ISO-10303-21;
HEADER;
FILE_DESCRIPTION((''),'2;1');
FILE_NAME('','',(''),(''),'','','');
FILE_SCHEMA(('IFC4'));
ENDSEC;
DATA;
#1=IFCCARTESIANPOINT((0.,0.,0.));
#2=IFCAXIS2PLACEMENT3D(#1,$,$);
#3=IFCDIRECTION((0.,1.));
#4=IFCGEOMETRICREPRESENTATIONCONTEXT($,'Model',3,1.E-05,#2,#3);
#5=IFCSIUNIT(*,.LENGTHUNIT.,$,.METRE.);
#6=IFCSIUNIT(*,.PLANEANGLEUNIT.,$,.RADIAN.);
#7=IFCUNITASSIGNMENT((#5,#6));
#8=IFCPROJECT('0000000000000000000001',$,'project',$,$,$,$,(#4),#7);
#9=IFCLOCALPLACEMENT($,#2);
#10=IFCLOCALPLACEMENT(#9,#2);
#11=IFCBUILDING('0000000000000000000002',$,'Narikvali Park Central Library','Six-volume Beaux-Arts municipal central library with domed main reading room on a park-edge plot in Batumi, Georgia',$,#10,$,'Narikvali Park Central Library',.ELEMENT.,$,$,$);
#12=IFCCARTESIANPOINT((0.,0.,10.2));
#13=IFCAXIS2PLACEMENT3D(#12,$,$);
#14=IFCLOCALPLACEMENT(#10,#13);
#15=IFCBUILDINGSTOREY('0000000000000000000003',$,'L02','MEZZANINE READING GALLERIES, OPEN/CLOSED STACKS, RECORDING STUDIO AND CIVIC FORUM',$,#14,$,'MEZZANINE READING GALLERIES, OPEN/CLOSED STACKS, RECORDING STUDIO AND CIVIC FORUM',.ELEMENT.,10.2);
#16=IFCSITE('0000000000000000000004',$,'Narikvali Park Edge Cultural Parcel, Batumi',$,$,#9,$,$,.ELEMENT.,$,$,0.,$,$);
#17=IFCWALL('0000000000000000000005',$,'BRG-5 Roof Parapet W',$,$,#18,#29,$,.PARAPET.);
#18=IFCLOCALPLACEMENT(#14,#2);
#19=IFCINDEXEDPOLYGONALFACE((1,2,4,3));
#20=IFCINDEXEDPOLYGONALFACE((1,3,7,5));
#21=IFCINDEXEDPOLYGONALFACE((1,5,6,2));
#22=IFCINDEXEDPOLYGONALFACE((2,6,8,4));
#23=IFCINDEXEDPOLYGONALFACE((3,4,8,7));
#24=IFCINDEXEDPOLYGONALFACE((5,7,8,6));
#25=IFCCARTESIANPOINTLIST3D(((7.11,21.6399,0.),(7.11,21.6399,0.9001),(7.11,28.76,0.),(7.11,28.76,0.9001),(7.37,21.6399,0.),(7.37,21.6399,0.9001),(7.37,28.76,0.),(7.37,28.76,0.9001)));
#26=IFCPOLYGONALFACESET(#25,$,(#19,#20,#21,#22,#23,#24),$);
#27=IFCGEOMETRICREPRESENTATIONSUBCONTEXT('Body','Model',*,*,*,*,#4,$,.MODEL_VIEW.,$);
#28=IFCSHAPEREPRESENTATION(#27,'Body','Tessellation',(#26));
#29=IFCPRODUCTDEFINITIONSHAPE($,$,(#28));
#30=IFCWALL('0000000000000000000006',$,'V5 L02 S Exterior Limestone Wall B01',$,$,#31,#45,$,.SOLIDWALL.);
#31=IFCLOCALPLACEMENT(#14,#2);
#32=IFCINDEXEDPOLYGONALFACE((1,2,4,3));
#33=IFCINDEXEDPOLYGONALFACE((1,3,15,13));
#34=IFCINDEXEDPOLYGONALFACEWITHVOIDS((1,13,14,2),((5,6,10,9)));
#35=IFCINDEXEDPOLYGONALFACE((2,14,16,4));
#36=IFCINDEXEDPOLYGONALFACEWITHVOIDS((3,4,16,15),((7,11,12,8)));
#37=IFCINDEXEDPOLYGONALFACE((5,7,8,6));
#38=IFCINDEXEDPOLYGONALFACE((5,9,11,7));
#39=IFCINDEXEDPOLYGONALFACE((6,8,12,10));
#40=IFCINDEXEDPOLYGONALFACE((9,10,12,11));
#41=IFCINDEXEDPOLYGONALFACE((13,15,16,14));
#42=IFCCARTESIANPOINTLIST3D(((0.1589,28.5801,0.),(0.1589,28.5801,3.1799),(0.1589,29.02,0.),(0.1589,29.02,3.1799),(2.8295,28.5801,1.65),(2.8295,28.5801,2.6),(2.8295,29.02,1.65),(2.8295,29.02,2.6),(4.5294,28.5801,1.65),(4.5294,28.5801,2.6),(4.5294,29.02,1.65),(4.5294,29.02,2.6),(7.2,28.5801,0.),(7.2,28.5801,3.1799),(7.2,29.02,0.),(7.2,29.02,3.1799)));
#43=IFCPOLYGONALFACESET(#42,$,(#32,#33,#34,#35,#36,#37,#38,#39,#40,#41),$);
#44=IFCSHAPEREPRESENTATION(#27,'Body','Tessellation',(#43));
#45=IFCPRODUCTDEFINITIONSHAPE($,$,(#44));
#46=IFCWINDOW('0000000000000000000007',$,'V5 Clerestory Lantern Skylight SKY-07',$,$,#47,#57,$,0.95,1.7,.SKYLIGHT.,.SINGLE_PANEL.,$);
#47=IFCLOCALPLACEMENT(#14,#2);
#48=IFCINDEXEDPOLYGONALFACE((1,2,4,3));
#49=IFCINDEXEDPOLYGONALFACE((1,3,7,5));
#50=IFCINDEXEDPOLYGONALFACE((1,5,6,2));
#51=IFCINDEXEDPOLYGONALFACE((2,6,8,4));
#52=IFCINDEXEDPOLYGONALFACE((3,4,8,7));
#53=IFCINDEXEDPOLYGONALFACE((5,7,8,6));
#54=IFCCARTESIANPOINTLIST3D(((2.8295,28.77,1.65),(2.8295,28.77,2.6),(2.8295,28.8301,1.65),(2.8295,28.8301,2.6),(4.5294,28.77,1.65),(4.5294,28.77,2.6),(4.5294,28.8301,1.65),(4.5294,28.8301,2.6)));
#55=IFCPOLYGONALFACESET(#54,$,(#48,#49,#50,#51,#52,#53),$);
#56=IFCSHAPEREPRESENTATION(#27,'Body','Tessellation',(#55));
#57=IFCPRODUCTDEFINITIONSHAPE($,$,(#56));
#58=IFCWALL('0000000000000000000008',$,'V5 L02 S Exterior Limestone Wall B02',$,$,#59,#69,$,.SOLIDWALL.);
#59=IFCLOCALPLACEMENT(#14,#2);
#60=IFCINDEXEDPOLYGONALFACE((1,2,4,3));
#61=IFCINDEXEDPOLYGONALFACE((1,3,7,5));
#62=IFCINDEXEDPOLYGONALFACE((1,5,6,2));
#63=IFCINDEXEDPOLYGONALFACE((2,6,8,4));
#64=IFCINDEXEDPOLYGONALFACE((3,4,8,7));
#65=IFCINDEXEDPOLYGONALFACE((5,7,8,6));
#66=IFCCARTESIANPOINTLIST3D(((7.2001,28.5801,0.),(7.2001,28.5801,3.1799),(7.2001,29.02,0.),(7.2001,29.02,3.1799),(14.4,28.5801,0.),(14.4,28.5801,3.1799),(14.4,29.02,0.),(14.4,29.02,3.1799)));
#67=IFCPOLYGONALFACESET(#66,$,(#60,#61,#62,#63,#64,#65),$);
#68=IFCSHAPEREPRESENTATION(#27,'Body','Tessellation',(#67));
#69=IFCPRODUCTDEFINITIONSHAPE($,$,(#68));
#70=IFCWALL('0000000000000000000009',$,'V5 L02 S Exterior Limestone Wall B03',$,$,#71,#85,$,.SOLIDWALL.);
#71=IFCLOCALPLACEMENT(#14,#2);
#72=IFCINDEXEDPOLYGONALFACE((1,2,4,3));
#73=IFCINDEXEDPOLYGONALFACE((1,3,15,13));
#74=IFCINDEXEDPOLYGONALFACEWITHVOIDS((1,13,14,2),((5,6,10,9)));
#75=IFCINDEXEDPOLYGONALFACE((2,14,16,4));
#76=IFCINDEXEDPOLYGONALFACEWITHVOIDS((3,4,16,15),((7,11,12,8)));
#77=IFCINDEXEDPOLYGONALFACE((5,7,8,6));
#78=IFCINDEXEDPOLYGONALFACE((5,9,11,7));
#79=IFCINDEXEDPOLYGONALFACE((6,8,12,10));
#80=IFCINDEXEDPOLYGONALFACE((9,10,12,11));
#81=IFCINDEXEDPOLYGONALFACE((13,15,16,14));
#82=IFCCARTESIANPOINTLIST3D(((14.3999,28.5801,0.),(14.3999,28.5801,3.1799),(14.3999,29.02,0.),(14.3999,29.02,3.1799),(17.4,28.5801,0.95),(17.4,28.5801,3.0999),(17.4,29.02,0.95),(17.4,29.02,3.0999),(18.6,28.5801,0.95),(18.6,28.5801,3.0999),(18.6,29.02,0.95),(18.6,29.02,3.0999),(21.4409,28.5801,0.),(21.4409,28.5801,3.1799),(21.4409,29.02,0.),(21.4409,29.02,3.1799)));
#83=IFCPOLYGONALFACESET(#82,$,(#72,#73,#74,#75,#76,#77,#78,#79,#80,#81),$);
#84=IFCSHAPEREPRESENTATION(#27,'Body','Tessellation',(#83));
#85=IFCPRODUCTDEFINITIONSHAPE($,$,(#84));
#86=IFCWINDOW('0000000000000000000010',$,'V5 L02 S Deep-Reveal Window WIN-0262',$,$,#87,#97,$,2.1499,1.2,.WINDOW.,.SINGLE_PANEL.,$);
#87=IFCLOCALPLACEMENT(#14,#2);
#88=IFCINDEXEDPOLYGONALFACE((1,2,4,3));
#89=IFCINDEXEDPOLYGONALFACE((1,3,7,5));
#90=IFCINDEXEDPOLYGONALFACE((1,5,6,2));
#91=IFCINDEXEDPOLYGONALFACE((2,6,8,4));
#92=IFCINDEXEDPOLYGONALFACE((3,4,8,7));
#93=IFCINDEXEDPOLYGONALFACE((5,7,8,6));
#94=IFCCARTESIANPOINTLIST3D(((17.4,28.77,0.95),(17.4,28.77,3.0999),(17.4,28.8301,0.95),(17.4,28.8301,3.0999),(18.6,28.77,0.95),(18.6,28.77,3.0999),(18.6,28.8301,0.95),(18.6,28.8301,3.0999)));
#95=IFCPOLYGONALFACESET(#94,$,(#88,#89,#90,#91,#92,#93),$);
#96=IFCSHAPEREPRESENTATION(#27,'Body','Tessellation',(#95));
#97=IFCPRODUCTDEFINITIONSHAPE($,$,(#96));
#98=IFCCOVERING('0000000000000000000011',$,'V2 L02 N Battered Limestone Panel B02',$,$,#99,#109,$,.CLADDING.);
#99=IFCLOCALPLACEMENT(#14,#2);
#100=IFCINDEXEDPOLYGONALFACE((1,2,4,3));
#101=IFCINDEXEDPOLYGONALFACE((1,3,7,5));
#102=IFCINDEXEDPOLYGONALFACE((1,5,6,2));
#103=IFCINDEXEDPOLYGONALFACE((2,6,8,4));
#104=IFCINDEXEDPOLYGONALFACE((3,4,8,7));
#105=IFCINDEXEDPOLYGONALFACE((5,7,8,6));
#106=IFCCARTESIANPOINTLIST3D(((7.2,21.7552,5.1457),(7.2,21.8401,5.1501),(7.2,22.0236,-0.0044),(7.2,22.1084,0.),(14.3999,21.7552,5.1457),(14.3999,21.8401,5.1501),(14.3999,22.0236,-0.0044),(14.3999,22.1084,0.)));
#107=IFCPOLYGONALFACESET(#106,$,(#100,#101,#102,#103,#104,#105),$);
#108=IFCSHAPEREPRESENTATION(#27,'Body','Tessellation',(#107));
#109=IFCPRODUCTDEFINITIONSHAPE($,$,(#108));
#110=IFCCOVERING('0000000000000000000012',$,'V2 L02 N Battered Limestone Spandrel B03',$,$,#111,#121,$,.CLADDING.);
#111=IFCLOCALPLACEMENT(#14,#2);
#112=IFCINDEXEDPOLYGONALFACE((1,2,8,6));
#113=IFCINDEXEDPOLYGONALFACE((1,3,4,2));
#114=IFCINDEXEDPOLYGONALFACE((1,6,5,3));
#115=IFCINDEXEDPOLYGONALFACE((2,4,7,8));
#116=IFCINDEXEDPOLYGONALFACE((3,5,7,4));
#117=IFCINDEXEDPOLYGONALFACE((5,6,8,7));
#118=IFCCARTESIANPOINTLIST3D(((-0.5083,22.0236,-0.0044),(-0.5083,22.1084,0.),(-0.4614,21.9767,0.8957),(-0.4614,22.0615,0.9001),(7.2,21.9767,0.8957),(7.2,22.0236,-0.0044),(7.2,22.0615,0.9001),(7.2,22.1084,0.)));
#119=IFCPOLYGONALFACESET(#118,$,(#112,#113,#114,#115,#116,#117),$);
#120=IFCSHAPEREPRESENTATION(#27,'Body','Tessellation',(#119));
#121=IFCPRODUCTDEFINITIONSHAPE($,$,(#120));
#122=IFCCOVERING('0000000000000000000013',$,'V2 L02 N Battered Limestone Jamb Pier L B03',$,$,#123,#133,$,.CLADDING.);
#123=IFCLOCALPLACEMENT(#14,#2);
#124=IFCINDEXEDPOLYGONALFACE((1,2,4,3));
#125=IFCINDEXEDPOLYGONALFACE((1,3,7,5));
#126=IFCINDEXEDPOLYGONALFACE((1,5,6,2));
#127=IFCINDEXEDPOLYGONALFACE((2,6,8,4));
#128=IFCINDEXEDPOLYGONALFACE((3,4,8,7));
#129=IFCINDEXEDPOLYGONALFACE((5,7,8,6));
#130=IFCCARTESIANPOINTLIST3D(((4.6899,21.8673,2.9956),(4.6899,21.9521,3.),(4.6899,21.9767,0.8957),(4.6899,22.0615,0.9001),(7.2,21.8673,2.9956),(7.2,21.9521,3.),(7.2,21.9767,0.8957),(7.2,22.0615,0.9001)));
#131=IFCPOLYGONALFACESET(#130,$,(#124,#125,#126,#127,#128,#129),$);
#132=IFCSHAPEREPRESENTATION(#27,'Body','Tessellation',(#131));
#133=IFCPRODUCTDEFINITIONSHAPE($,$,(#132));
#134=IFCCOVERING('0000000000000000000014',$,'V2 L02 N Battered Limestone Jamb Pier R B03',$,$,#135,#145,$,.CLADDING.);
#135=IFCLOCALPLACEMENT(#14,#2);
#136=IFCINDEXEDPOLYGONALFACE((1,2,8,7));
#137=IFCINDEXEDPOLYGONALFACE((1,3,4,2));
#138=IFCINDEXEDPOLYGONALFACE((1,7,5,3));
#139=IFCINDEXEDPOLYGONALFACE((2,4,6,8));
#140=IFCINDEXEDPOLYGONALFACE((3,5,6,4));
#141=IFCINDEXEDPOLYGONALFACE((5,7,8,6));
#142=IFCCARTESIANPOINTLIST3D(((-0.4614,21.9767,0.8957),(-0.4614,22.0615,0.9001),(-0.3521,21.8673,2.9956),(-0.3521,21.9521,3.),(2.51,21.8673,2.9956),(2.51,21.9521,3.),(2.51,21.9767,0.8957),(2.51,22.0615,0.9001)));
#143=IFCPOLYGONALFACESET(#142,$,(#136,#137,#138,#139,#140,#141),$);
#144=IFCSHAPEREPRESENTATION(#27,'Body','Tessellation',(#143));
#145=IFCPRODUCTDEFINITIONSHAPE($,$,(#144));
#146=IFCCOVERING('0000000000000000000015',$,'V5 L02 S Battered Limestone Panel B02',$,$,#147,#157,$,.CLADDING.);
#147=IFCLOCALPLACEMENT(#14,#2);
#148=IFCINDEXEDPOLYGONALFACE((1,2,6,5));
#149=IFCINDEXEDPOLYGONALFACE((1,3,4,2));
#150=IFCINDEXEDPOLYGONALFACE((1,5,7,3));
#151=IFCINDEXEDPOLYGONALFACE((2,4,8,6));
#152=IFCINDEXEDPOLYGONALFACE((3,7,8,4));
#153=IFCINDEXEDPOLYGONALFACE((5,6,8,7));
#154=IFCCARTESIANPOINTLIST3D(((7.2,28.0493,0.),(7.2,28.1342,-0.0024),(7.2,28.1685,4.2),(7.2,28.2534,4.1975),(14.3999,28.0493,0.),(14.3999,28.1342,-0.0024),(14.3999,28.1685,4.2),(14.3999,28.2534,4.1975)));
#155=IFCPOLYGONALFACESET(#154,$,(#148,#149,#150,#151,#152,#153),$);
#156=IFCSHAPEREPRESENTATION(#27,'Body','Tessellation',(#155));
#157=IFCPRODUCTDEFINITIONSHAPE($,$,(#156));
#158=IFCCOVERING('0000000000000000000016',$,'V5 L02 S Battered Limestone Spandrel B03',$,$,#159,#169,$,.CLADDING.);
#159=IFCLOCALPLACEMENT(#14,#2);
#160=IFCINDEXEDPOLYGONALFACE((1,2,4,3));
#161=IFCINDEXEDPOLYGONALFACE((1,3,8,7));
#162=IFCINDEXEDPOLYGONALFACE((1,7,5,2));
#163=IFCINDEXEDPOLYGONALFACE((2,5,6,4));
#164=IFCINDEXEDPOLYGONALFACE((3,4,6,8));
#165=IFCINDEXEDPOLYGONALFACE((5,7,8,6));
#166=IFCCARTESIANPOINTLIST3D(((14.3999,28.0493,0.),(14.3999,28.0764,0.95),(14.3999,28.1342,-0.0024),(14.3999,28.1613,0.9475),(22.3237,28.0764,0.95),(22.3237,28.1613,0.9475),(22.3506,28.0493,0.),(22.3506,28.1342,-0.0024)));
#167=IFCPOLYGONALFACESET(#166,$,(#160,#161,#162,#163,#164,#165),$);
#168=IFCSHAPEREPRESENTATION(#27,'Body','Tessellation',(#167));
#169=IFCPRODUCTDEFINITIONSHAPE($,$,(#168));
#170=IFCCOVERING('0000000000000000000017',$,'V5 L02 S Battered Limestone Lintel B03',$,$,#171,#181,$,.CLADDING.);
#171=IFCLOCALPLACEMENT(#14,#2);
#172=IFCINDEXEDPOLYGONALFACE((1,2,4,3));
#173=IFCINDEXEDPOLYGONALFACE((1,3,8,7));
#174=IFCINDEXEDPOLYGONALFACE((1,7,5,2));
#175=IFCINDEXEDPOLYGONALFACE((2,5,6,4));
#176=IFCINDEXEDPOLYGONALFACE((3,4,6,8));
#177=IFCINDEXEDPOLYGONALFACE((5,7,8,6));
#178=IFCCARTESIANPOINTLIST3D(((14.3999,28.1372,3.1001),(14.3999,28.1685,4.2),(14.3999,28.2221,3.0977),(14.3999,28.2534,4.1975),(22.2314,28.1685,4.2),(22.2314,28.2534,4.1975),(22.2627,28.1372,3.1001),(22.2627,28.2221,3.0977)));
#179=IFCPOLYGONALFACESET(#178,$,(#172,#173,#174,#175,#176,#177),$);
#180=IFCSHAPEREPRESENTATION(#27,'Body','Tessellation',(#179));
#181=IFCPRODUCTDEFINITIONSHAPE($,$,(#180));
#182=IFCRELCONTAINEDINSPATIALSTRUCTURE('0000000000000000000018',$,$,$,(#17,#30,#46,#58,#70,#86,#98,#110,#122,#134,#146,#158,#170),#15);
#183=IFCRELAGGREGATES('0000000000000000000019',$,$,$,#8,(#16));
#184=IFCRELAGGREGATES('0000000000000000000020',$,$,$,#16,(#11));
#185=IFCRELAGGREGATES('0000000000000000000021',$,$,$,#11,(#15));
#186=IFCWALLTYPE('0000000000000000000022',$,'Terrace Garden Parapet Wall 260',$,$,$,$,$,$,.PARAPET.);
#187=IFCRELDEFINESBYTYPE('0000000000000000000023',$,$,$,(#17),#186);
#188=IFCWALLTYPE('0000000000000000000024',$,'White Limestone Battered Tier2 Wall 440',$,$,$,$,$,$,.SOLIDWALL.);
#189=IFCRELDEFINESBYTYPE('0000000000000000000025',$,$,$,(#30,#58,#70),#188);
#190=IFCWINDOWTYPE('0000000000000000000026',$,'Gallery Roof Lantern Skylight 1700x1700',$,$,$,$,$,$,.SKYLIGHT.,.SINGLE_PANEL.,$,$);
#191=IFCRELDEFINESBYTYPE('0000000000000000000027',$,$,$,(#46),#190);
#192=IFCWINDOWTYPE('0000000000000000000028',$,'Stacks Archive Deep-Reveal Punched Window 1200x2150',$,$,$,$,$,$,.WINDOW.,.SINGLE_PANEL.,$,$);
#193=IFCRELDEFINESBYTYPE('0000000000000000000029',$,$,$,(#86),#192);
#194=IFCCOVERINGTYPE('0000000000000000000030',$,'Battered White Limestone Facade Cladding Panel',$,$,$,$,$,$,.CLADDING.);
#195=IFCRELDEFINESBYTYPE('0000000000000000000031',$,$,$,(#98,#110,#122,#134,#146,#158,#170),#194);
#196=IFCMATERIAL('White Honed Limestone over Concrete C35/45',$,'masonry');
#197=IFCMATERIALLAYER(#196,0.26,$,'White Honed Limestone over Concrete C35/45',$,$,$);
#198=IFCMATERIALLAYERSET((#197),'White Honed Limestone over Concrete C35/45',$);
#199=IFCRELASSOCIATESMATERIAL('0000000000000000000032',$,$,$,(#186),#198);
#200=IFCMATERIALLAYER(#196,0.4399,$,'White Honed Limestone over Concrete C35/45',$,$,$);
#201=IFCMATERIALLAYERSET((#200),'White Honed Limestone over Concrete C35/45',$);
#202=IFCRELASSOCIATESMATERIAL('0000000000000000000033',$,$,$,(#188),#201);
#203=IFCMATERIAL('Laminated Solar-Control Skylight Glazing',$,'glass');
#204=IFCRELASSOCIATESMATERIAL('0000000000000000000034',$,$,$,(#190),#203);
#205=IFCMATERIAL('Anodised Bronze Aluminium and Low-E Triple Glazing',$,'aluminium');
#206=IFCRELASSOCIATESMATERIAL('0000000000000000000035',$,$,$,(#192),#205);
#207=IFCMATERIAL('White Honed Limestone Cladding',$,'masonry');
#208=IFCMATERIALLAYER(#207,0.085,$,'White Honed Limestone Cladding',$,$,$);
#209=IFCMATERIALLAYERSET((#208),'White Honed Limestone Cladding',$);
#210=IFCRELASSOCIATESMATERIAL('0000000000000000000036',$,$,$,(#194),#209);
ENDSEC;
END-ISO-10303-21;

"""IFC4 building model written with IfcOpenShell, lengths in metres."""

from ifc_helpers import new_model, si_unit, direction, frame, frame_2d, origin, place, context, subcontext, project, spatial, polyline, rectangle, outline, extrude, material, layer, layer_set, type_object, element, fill, save


model = new_model("IFC4")

# Units and contexts
model_context = context("Model", 3, precision=1e-05, world=origin(), true_north=direction((0.0, 1.0)))
body_context = subcontext(model_context, "Body", "Model", "MODEL_VIEW")
ifc_project = project(units=[si_unit("LENGTHUNIT", "METRE"), si_unit("PLANEANGLEUNIT", "RADIAN")], contexts=[model_context])

# Site, building, storey
site_placement = place(None, origin())
site = spatial("IfcSite", under=ifc_project, at=site_placement, Name="Narikvali Park Edge Cultural Parcel, Batumi", CompositionType="ELEMENT", RefElevation=0.0)
building_placement = place(site_placement, origin())
building = spatial("IfcBuilding", under=site, at=building_placement, Name="Narikvali Park Central Library", Description="Six-volume Beaux-Arts municipal central library with domed main reading room on a park-edge plot in Batumi, Georgia", LongName="Narikvali Park Central Library", CompositionType="ELEMENT")
storey_placement = place(building_placement, frame((0.0, 0.0, 10.2)))
storey = spatial("IfcBuildingStorey", under=building, at=storey_placement, Name="L02", Description="MEZZANINE READING GALLERIES, OPEN/CLOSED STACKS, RECORDING STUDIO AND CIVIC FORUM", LongName="MEZZANINE READING GALLERIES, OPEN/CLOSED STACKS, RECORDING STUDIO AND CIVIC FORUM", CompositionType="ELEMENT", Elevation=10.2)

# Wall
ifc_material_1 = material(Name="White Honed Limestone over Concrete C35/45", Category="masonry")
ifc_layer_1 = layer(ifc_material_1, 0.26, Name="White Honed Limestone over Concrete C35/45")
ifc_layer_set_1 = layer_set([ifc_layer_1], Name="White Honed Limestone over Concrete C35/45")
wall_type_1 = type_object("IfcWallType", Name="Terrace Garden Parapet Wall 260", PredefinedType="PARAPET", material=ifc_layer_set_1)
wall_1_placement = place(storey_placement, frame((7.24, 28.76, 0.0), z_axis=(0.0, 0.0, 1.0), x_axis=(0.0, -1.0, 0.0)))
element("IfcWall", 1, at=wall_1_placement, inside=storey, type_object=wall_type_1, Name="BRG-5 Roof Parapet W", PredefinedType="PARAPET", context=body_context, shape_type="SweptSolid", body=[
    extrude(rectangle(XDim=7.1201, YDim=0.26, at=frame_2d((3.5601, 0.0))), origin(), (0.0, 0.0, 1.0), 0.9001),
])

# Wall, opening, window
ifc_layer_2 = layer(ifc_material_1, 0.4399, Name="White Honed Limestone over Concrete C35/45")
ifc_layer_set_2 = layer_set([ifc_layer_2], Name="White Honed Limestone over Concrete C35/45")
wall_type_2 = type_object("IfcWallType", Name="White Limestone Battered Tier2 Wall 440", PredefinedType="SOLIDWALL", material=ifc_layer_set_2)
wall_2_placement = place(storey_placement, frame((0.1589, 28.8, 0.0), z_axis=(0.0, 0.0, 1.0), x_axis=(1.0, 0.0, 0.0)))
wall_2 = element("IfcWall", 2, at=wall_2_placement, inside=storey, type_object=wall_type_2, Name="V5 L02 S Exterior Limestone Wall B01", PredefinedType="SOLIDWALL", context=body_context, shape_type="SweptSolid", body=[
    extrude(rectangle(XDim=7.041, YDim=0.4399, at=frame_2d((3.5205, 0.0))), origin(), (0.0, 0.0, 1.0), 3.1799),
])
opening_1_placement = place(wall_2_placement, frame((2.6704, 0.0, 1.6499)))
opening_1 = element("IfcOpeningElement", 3, at=opening_1_placement, cuts=wall_2, PredefinedType="OPENING", context=body_context, shape_type="SweptSolid", body=[
    extrude(rectangle(XDim=1.7, YDim=0.95, at=frame_2d((0.8501, 0.4751))), frame((0.0, 0.2319, 0.0), z_axis=(0.0, -1.0, 0.0), x_axis=(1.0, 0.0, 0.0)), (0.0, 0.0, 1.0), 0.4639),
])
ifc_material_2 = material(Name="Laminated Solar-Control Skylight Glazing", Category="glass")
window_type_1 = type_object("IfcWindowType", Name="Gallery Roof Lantern Skylight 1700x1700", PartitioningType="SINGLE_PANEL", PredefinedType="SKYLIGHT", material=ifc_material_2)
window_1_placement = place(opening_1_placement, origin())
window_1 = element("IfcWindow", 4, at=window_1_placement, inside=storey, type_object=window_type_1, Name="V5 Clerestory Lantern Skylight SKY-07", OverallHeight=0.95, OverallWidth=1.7, PartitioningType="SINGLE_PANEL", PredefinedType="SKYLIGHT", context=body_context, shape_type="SweptSolid", body=[
    extrude(rectangle(XDim=1.7, YDim=0.95, at=frame_2d((0.8501, 0.4751))), frame((0.0, 0.03, 0.0), z_axis=(0.0, -1.0, 0.0), x_axis=(1.0, 0.0, 0.0)), (0.0, 0.0, 1.0), 0.0601),
])
fill(opening_1, window_1)

# Wall
wall_3_placement = place(storey_placement, frame((7.2, 28.8, 0.0), z_axis=(0.0, 0.0, 1.0), x_axis=(1.0, 0.0, 0.0)))
element("IfcWall", 5, at=wall_3_placement, inside=storey, type_object=wall_type_2, Name="V5 L02 S Exterior Limestone Wall B02", PredefinedType="SOLIDWALL", context=body_context, shape_type="SweptSolid", body=[
    extrude(rectangle(XDim=7.2, YDim=0.4399, at=frame_2d((3.6001, 0.0))), origin(), (0.0, 0.0, 1.0), 3.1799),
])

# Wall, opening, window
wall_4_placement = place(storey_placement, frame((14.3999, 28.8, 0.0), z_axis=(0.0, 0.0, 1.0), x_axis=(1.0, 0.0, 0.0)))
wall_4 = element("IfcWall", 6, at=wall_4_placement, inside=storey, type_object=wall_type_2, Name="V5 L02 S Exterior Limestone Wall B03", PredefinedType="SOLIDWALL", context=body_context, shape_type="SweptSolid", body=[
    extrude(rectangle(XDim=7.041, YDim=0.4399, at=frame_2d((3.5205, 0.0))), origin(), (0.0, 0.0, 1.0), 3.1799),
])
opening_2_placement = place(wall_4_placement, frame((3.0, 0.0, 0.95)))
opening_2 = element("IfcOpeningElement", 7, at=opening_2_placement, cuts=wall_4, PredefinedType="OPENING", context=body_context, shape_type="SweptSolid", body=[
    extrude(rectangle(XDim=1.2, YDim=2.1499, at=frame_2d((0.6001, 1.075))), frame((0.0, 0.2319, 0.0), z_axis=(0.0, -1.0, 0.0), x_axis=(1.0, 0.0, 0.0)), (0.0, 0.0, 1.0), 0.4639),
])
ifc_material_3 = material(Name="Anodised Bronze Aluminium and Low-E Triple Glazing", Category="aluminium")
window_type_2 = type_object("IfcWindowType", Name="Stacks Archive Deep-Reveal Punched Window 1200x2150", PartitioningType="SINGLE_PANEL", PredefinedType="WINDOW", material=ifc_material_3)
window_2_placement = place(opening_2_placement, origin())
window_2 = element("IfcWindow", 8, at=window_2_placement, inside=storey, type_object=window_type_2, Name="V5 L02 S Deep-Reveal Window WIN-0262", OverallHeight=2.1499, OverallWidth=1.2, PartitioningType="SINGLE_PANEL", PredefinedType="WINDOW", context=body_context, shape_type="SweptSolid", body=[
    extrude(rectangle(XDim=1.2, YDim=2.1499, at=frame_2d((0.6001, 1.075))), frame((0.0, 0.03, 0.0), z_axis=(0.0, -1.0, 0.0), x_axis=(1.0, 0.0, 0.0)), (0.0, 0.0, 1.0), 0.0601),
])
fill(opening_2, window_2)

# Coverings
ifc_material_4 = material(Name="White Honed Limestone Cladding", Category="masonry")
ifc_layer_3 = layer(ifc_material_4, 0.085, Name="White Honed Limestone Cladding")
ifc_layer_set_3 = layer_set([ifc_layer_3], Name="White Honed Limestone Cladding")
covering_type = type_object("IfcCoveringType", Name="Battered White Limestone Facade Cladding Panel", PredefinedType="CLADDING", material=ifc_layer_set_3)
covering_1_placement = place(storey_placement, frame((14.3999, 22.1084, 0.0), z_axis=(0.0, 0.998646, 0.052027), x_axis=(-1.0, 0.0, 0.0)))
element("IfcCovering", 9, at=covering_1_placement, inside=storey, type_object=covering_type, Name="V2 L02 N Battered Limestone Panel B02", PredefinedType="CLADDING", context=body_context, shape_type="SweptSolid", body=[
    extrude(outline(polyline([(0.0, 0.0), (7.2, 0.0), (7.2, 5.1571), (0.0, 5.1571), (0.0, 0.0)])), origin(), (0.0, 0.0, -1.0), 0.085),
])
covering_2_placement = place(storey_placement, frame((7.2, 22.1084, 0.0), z_axis=(0.0, 0.998647, 0.052004), x_axis=(-1.0, 0.0, 0.0)))
element("IfcCovering", 10, at=covering_2_placement, inside=storey, type_object=covering_type, Name="V2 L02 N Battered Limestone Spandrel B03", PredefinedType="CLADDING", context=body_context, shape_type="SweptSolid", body=[
    extrude(outline(polyline([(0.0, 0.0), (7.7083, 0.0), (7.6614, 0.9014), (0.0, 0.9014), (0.0, 0.0)])), origin(), (0.0, 0.0, -1.0), 0.085),
])
covering_3_placement = place(storey_placement, frame((7.2, 22.0615, 0.9001), z_axis=(0.0, 0.998646, 0.052016), x_axis=(-1.0, 0.0, 0.0)))
element("IfcCovering", 11, at=covering_3_placement, inside=storey, type_object=covering_type, Name="V2 L02 N Battered Limestone Jamb Pier L B03", PredefinedType="CLADDING", context=body_context, shape_type="SweptSolid", body=[
    extrude(outline(polyline([(0.0, 0.0), (2.51, 0.0), (2.51, 2.1027), (0.0, 2.1027), (0.0, 0.0)])), origin(), (0.0, 0.0, -1.0), 0.085),
])
covering_4_placement = place(storey_placement, frame((2.51, 22.0615, 0.9001), z_axis=(0.0, 0.998646, 0.052016), x_axis=(-1.0, 0.0, 0.0)))
element("IfcCovering", 12, at=covering_4_placement, inside=storey, type_object=covering_type, Name="V2 L02 N Battered Limestone Jamb Pier R B03", PredefinedType="CLADDING", context=body_context, shape_type="SweptSolid", body=[
    extrude(outline(polyline([(0.0, 0.0), (2.9714, 0.0), (2.8621, 2.1027), (0.0, 2.1027), (0.0, 0.0)])), origin(), (0.0, 0.0, -1.0), 0.085),
])
covering_5_placement = place(storey_placement, frame((7.2, 28.0493, 0.0), z_axis=(0.0, -0.999598, 0.028356), x_axis=(1.0, 0.0, 0.0)))
element("IfcCovering", 13, at=covering_5_placement, inside=storey, type_object=covering_type, Name="V5 L02 S Battered Limestone Panel B02", PredefinedType="CLADDING", context=body_context, shape_type="SweptSolid", body=[
    extrude(outline(polyline([(0.0, 0.0), (7.2, 0.0), (7.2, 4.2016), (0.0, 4.2016), (0.0, 0.0)])), origin(), (0.0, 0.0, -1.0), 0.085),
])
covering_6_placement = place(storey_placement, frame((14.3999, 28.0493, 0.0), z_axis=(0.0, -0.999593, 0.028516), x_axis=(1.0, 0.0, 0.0)))
element("IfcCovering", 14, at=covering_6_placement, inside=storey, type_object=covering_type, Name="V5 L02 S Battered Limestone Spandrel B03", PredefinedType="CLADDING", context=body_context, shape_type="SweptSolid", body=[
    extrude(outline(polyline([(0.0, 0.0), (7.9507, 0.0), (7.9238, 0.9503), (0.0, 0.9503), (0.0, 0.0)])), origin(), (0.0, 0.0, -1.0), 0.085),
])
covering_7_placement = place(storey_placement, frame((14.3999, 28.1372, 3.1001), z_axis=(0.0, -0.999597, 0.028401), x_axis=(1.0, 0.0, 0.0)))
element("IfcCovering", 15, at=covering_7_placement, inside=storey, type_object=covering_type, Name="V5 L02 S Battered Limestone Lintel B03", PredefinedType="CLADDING", context=body_context, shape_type="SweptSolid", body=[
    extrude(outline(polyline([(0.0, 0.0), (7.8628, 0.0), (7.8315, 1.1003), (0.0, 1.1003), (0.0, 0.0)])), origin(), (0.0, 0.0, -1.0), 0.085),
])

save(model, "model.ifc")
